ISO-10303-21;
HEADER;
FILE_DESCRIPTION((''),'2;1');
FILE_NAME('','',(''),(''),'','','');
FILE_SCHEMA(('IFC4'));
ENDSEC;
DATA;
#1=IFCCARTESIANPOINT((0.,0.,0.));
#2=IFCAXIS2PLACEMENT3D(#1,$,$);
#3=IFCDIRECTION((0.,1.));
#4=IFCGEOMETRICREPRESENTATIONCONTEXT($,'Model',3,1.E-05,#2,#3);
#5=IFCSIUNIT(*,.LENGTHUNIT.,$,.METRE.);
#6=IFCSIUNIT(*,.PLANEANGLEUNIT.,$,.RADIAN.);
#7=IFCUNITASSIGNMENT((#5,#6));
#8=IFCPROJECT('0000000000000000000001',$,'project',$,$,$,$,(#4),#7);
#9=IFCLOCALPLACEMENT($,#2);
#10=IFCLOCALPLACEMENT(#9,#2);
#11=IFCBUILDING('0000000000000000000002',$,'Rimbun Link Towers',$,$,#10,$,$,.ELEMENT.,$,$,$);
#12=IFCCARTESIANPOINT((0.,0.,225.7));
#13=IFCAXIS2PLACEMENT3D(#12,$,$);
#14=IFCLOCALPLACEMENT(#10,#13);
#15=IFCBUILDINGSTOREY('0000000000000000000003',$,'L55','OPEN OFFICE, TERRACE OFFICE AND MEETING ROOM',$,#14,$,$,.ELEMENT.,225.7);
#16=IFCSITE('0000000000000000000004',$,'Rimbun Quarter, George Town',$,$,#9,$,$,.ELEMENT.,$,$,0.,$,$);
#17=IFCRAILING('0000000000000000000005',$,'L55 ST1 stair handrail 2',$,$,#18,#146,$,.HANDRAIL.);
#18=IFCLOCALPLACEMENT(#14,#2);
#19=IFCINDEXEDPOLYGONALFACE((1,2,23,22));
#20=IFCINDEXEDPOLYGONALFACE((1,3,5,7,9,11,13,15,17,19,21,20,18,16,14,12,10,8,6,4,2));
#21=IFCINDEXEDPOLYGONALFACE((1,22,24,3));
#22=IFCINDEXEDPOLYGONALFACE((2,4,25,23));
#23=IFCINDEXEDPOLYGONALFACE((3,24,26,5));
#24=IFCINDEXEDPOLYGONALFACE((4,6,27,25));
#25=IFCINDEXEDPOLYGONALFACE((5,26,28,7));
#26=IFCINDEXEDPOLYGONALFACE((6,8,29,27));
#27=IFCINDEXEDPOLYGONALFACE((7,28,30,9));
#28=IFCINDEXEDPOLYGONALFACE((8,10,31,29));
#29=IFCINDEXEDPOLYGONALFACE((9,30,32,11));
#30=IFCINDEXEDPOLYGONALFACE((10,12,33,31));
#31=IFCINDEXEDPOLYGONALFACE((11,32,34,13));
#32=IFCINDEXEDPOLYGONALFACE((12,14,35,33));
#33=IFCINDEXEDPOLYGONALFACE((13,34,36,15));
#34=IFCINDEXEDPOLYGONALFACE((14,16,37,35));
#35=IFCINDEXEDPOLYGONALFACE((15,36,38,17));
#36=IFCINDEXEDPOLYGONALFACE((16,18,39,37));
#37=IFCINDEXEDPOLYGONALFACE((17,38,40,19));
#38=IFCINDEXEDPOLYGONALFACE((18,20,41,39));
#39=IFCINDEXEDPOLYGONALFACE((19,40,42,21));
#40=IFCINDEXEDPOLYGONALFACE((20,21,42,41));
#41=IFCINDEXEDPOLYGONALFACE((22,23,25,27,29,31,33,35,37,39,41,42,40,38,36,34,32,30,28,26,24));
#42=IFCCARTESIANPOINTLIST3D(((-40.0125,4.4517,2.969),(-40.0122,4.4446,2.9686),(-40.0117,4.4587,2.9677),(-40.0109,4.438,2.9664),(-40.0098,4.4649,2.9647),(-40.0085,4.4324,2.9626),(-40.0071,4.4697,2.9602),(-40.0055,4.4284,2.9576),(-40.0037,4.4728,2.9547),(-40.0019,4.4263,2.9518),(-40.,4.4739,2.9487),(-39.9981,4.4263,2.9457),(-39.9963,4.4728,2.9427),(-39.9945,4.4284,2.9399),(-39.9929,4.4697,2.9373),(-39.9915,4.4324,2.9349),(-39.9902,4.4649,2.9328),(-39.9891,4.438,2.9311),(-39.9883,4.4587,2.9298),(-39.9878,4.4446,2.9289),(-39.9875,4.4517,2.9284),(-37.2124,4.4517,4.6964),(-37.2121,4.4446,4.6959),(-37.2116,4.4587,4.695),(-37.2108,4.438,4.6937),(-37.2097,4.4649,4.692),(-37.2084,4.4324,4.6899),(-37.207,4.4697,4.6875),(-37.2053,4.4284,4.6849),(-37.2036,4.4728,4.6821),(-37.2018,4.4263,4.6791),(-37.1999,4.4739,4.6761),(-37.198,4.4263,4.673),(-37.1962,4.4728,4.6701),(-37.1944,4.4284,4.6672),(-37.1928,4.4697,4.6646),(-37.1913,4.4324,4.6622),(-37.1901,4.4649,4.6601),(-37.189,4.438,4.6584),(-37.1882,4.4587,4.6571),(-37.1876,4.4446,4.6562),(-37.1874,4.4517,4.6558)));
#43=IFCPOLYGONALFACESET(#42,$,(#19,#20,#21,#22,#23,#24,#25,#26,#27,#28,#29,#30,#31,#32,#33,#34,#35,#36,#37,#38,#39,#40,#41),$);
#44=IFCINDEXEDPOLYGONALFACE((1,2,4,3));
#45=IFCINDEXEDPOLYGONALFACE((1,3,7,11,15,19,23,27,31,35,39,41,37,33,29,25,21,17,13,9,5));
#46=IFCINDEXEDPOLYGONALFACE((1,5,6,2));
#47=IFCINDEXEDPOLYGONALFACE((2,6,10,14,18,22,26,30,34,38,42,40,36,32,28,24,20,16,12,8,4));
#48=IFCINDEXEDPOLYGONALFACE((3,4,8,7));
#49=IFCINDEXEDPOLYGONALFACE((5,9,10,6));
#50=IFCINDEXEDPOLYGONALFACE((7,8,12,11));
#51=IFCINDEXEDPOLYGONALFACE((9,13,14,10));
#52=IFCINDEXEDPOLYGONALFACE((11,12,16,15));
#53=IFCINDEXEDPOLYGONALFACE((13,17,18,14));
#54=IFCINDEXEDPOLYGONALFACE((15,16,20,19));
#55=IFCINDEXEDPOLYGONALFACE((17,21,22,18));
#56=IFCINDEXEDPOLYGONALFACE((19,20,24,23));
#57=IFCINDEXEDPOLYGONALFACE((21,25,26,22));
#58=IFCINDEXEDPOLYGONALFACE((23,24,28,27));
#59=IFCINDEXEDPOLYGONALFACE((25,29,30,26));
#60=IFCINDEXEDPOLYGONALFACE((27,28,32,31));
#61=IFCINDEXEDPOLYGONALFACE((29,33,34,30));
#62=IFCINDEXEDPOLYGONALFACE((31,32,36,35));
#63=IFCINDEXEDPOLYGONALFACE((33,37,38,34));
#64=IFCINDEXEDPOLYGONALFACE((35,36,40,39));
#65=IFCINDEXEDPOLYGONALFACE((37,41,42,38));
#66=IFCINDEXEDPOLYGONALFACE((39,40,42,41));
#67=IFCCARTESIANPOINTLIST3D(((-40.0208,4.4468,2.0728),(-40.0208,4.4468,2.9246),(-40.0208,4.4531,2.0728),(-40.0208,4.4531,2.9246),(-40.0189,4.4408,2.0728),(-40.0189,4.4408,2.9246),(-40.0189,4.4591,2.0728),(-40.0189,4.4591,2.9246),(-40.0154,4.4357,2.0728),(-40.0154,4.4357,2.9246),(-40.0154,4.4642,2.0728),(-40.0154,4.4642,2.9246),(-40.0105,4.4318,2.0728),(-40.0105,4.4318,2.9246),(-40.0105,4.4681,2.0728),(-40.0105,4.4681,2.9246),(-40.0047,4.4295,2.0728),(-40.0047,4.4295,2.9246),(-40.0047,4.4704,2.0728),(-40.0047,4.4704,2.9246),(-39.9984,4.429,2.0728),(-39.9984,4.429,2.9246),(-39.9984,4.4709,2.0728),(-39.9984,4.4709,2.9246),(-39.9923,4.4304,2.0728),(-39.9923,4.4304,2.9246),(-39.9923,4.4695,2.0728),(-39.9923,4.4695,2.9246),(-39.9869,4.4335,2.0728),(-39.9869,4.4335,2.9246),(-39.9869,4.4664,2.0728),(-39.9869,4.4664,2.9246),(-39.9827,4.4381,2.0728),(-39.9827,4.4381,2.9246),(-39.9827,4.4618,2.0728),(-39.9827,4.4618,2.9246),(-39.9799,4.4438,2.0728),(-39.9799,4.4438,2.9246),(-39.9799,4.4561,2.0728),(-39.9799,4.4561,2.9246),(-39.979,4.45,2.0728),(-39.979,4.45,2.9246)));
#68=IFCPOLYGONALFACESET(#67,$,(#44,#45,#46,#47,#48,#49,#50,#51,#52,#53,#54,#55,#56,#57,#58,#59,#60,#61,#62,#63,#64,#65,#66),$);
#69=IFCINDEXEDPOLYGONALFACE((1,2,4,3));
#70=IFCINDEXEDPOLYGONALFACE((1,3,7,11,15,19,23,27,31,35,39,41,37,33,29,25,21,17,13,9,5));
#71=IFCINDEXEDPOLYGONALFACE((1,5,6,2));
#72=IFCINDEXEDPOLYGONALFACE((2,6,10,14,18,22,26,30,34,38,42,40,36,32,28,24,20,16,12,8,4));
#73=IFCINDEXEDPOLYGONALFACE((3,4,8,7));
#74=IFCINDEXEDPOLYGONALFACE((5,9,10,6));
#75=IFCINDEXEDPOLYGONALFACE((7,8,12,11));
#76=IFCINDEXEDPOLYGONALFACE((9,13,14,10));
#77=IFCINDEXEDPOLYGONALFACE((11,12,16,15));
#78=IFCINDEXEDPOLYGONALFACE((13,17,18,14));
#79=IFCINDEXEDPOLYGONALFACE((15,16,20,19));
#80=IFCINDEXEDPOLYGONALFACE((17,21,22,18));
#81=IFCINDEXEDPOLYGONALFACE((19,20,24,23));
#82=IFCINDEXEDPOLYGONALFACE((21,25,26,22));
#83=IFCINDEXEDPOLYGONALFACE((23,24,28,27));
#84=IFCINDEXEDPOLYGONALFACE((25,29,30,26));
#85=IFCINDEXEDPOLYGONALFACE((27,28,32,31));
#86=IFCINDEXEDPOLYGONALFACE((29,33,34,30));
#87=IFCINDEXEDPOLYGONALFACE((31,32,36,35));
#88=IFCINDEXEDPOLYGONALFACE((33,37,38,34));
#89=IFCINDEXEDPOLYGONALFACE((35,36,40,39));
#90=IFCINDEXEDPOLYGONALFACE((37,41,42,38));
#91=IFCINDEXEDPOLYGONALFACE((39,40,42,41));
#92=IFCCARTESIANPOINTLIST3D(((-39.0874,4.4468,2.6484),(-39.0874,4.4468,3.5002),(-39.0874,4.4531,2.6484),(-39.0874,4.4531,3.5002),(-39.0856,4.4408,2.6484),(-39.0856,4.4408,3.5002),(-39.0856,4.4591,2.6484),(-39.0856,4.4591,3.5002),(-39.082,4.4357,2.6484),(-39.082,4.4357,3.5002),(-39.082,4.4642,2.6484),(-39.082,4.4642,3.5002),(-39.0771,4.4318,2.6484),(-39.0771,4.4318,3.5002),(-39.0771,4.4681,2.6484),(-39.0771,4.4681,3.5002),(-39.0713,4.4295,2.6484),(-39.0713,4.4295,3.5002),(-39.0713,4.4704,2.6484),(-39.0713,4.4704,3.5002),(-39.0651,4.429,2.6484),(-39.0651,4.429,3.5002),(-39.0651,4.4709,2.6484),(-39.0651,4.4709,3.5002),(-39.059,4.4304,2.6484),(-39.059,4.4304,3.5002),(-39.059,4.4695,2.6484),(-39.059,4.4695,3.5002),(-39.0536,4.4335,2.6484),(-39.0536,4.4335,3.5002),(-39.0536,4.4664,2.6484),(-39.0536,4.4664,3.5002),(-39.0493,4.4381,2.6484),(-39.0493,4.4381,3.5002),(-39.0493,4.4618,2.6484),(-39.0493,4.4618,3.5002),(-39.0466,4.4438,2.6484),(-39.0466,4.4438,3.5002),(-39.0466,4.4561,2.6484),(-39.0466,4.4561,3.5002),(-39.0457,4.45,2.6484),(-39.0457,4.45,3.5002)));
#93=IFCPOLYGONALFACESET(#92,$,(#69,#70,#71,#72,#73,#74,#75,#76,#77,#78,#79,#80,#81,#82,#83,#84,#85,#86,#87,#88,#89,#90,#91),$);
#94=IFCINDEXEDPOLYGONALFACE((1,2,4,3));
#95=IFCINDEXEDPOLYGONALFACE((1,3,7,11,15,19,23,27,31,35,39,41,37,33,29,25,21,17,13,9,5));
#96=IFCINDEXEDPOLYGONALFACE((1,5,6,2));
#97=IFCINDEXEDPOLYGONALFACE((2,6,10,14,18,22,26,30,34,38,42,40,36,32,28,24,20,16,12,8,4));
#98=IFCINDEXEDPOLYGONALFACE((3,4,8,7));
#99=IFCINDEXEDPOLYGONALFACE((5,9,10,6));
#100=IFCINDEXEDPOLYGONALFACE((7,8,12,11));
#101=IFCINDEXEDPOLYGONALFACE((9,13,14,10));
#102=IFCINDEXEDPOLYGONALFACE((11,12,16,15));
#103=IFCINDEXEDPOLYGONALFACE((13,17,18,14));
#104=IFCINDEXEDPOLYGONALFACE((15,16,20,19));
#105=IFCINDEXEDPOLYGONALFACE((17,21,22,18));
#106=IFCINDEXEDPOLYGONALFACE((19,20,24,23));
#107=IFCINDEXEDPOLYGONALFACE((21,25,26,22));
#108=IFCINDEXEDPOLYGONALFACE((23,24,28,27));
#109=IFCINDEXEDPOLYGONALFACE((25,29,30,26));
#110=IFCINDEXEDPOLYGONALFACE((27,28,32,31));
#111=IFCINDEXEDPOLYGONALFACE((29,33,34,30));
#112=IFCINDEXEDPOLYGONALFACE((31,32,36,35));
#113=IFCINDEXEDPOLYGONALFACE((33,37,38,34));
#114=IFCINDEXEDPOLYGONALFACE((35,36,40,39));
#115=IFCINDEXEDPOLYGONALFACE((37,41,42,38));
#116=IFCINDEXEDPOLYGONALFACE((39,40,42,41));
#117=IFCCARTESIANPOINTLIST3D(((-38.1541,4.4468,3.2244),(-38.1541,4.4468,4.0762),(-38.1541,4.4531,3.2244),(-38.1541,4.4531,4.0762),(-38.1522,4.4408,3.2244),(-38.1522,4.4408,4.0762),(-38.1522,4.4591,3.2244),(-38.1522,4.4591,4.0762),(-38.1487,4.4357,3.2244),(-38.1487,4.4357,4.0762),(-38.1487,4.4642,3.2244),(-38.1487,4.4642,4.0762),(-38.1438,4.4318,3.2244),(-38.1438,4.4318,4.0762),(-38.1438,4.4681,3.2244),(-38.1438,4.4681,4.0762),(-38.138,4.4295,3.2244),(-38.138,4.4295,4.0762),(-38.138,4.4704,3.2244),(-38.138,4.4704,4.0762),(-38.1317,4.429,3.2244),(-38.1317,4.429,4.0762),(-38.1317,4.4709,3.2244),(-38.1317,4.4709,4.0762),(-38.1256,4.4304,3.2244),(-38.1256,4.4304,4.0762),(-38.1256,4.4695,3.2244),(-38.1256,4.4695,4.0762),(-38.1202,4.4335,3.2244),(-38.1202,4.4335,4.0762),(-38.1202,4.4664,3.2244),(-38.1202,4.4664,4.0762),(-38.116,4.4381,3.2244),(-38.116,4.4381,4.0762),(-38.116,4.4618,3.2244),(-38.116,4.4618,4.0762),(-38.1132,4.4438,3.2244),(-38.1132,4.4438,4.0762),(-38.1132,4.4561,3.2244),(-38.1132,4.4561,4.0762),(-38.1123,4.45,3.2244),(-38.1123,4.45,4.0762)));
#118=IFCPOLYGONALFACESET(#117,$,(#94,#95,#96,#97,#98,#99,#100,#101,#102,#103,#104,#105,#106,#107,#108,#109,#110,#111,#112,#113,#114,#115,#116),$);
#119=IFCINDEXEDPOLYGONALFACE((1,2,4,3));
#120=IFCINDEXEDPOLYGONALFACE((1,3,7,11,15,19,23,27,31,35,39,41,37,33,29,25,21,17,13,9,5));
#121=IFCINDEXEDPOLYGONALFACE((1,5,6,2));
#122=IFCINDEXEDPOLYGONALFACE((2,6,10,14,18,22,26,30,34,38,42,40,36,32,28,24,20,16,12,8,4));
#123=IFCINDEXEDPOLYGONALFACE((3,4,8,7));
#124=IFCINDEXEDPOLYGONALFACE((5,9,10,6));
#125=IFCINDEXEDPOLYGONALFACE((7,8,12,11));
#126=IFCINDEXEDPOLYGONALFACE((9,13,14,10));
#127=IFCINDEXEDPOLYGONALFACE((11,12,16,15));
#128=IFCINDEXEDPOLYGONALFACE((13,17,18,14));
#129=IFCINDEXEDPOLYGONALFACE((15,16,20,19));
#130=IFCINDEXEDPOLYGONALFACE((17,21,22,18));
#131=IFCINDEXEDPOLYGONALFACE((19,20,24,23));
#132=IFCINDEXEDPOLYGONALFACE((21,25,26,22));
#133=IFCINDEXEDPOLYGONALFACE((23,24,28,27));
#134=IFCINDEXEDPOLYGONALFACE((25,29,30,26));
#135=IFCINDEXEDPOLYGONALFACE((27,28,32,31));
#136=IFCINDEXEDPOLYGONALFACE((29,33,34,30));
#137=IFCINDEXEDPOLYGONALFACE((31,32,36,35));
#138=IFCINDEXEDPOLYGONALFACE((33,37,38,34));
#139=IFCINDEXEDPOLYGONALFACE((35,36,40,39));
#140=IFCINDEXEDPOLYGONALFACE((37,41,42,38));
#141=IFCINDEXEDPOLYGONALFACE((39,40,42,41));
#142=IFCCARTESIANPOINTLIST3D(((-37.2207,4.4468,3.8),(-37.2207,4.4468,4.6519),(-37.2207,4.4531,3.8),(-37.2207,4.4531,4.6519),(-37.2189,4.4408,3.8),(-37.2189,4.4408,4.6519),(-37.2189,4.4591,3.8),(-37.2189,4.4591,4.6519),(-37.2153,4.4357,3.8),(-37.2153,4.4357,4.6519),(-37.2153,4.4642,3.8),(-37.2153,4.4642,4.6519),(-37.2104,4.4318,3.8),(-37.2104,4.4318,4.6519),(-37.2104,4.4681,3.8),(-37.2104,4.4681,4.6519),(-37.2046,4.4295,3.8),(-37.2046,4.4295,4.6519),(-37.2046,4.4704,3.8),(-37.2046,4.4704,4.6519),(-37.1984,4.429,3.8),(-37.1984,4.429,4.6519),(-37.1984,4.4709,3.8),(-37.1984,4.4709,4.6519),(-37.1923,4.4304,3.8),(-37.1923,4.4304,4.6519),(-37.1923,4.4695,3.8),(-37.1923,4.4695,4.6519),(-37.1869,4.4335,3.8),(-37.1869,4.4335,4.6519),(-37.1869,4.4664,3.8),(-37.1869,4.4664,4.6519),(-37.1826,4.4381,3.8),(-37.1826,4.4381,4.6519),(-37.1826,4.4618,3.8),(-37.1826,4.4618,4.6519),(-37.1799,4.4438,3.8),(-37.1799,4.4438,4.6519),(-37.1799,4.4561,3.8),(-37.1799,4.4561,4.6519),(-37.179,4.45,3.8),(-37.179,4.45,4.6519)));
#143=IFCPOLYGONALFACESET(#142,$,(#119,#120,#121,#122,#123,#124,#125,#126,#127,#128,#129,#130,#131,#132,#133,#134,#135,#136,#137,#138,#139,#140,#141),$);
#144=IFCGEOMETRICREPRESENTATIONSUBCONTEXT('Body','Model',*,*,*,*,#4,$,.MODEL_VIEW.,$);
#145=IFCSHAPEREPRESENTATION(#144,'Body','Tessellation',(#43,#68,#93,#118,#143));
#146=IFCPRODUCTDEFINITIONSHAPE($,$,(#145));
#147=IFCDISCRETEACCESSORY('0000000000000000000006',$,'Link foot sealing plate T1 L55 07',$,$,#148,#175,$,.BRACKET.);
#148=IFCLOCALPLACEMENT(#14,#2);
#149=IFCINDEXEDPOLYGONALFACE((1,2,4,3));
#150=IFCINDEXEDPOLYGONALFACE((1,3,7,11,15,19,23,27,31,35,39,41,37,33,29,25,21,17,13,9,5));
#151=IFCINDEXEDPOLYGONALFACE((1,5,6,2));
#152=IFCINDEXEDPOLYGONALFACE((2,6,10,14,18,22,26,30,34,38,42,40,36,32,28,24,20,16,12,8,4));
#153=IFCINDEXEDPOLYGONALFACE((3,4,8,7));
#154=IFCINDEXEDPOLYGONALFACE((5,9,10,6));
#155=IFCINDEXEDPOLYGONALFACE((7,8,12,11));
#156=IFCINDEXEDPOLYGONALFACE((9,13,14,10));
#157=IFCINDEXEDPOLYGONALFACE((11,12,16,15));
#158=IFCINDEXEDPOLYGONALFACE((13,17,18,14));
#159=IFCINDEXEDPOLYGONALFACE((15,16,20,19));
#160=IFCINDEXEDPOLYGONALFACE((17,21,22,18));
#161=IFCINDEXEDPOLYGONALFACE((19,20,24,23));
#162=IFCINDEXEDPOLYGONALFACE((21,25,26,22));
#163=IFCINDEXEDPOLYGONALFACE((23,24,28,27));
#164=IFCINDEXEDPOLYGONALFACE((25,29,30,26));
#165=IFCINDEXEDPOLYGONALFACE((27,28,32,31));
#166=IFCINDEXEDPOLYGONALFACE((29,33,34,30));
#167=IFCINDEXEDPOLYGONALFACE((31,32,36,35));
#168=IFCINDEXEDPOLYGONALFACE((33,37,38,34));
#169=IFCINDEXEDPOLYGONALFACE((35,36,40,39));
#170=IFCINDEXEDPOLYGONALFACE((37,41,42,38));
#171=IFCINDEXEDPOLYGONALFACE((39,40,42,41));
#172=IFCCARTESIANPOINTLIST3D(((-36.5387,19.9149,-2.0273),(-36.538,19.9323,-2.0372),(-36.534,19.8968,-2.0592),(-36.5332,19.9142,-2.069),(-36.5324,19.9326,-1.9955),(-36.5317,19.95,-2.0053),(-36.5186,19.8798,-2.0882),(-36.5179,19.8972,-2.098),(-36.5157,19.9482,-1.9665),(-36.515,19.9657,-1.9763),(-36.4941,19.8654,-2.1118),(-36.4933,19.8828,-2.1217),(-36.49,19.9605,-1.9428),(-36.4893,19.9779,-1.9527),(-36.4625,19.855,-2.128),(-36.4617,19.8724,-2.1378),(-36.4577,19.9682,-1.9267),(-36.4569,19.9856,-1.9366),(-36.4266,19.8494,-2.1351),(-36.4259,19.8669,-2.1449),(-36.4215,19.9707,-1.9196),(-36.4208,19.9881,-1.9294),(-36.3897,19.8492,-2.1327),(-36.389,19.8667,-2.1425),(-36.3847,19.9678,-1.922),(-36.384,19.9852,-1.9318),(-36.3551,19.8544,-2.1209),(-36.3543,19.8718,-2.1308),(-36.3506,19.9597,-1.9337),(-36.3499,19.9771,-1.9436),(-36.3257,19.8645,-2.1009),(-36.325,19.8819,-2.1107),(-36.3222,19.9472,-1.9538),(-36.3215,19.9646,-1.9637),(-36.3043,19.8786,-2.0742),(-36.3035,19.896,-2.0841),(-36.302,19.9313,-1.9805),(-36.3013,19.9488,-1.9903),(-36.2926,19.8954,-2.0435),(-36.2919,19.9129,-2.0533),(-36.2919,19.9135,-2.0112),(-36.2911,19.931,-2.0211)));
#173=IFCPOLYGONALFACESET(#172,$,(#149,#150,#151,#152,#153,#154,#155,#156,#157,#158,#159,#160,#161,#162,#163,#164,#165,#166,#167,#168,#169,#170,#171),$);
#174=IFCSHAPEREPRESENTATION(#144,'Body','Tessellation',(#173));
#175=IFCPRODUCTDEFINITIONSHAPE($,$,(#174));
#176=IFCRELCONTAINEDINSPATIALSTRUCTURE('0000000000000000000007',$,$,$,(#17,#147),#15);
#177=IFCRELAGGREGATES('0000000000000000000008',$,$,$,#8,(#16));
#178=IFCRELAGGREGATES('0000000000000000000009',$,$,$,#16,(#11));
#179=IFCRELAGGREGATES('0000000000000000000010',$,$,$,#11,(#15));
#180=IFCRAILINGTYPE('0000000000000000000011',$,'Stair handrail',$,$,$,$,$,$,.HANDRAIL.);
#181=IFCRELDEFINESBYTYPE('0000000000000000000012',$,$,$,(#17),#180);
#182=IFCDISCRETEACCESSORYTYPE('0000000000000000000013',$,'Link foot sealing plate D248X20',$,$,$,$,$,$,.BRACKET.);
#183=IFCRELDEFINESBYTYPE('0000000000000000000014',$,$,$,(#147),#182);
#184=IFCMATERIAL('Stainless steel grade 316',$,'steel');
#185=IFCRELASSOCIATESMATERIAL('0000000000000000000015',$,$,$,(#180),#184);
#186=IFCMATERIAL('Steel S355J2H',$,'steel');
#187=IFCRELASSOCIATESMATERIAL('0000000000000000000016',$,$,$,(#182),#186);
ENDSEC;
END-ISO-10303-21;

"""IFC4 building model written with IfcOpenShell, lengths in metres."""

from ifc_helpers import new_model, si_unit, direction, frame, origin, origin_2d, place, context, subcontext, project, spatial, circle, extrude, material, material_profile, profile_set, type_object, element, save


model = new_model("IFC4")

# Units and contexts
model_context = context("Model", 3, precision=1e-05, world=origin(), true_north=direction((0.0, 1.0)))
body_context = subcontext(model_context, "Body", "Model", "MODEL_VIEW")
ifc_project = project(units=[si_unit("LENGTHUNIT", "METRE"), si_unit("PLANEANGLEUNIT", "RADIAN")], contexts=[model_context])

# Site, building, storey
site_placement = place(None, origin())
site = spatial("IfcSite", under=ifc_project, at=site_placement, Name="Rimbun Quarter, George Town", CompositionType="ELEMENT", RefElevation=0.0)
building_placement = place(site_placement, origin())
building = spatial("IfcBuilding", under=site, at=building_placement, Name="Rimbun Link Towers", CompositionType="ELEMENT")
storey_placement = place(building_placement, frame((0.0, 0.0, 225.7)))
storey = spatial("IfcBuildingStorey", under=building, at=storey_placement, Name="L55", Description="OPEN OFFICE, TERRACE OFFICE AND MEETING ROOM", CompositionType="ELEMENT", Elevation=225.7)

# Railing
ifc_material_1 = material(Name="Stainless steel grade 316", Category="steel")
railing_type_1 = type_object("IfcRailingType", Name="Stair handrail", PredefinedType="HANDRAIL", material=ifc_material_1)
railing_1_placement = place(storey_placement, frame((-40.0, 4.45, 2.0728)))
element("IfcRailing", 1, at=railing_1_placement, inside=storey, type_object=railing_type_1, Name="L55 ST1 stair handrail 2", PredefinedType="HANDRAIL", context=body_context, shape_type="SweptSolid", body=[
    extrude(circle(Radius=0.0239, at=origin_2d()), frame((0.0, 0.0, 0.876), z_axis=(0.85109, 0.0, 0.52502), x_axis=(0.0, 1.0, 0.0)), (0.0, 0.0, 1.0), 3.29),
    extrude(circle(Radius=0.021, at=origin_2d()), origin(), (0.0, 0.0, 1.0), 0.8518),
    extrude(circle(Radius=0.021, at=origin_2d()), frame((0.9333, 0.0, 0.5757)), (0.0, 0.0, 1.0), 0.8518),
    extrude(circle(Radius=0.021, at=origin_2d()), frame((1.8667, 0.0, 1.1516)), (0.0, 0.0, 1.0), 0.8518),
    extrude(circle(Radius=0.021, at=origin_2d()), frame((2.8, 0.0, 1.7273)), (0.0, 0.0, 1.0), 0.8518),
])

# Discrete accessory
ifc_material_2 = material(Name="Steel S355J2H", Category="steel")
ifc_material_profile_1 = material_profile(ifc_material_2, circle(Radius=0.124, at=origin_2d()), Name="PL D248")
ifc_profile_set_1 = profile_set([ifc_material_profile_1], Name="Steel S355J2H")
discrete_accessory_type = type_object("IfcDiscreteAccessoryType", Name="Link foot sealing plate D248X20", PredefinedType="BRACKET", material=ifc_profile_set_1)
discrete_accessory_placement = place(storey_placement, frame((-36.4148, 19.9097, -2.0273), z_axis=(0.036788, 0.870658, -0.490511), x_axis=(-0.999109, 0.042216, 0.0)))
element("IfcDiscreteAccessory", 2, at=discrete_accessory_placement, inside=storey, type_object=discrete_accessory_type, Name="Link foot sealing plate T1 L55 07", PredefinedType="BRACKET", context=body_context, shape_type="SweptSolid", body=[
    extrude(circle(Radius=0.124, at=origin_2d()), origin(), (0.0, 0.0, 1.0), 0.02),
])

save(model, "model.ifc")
